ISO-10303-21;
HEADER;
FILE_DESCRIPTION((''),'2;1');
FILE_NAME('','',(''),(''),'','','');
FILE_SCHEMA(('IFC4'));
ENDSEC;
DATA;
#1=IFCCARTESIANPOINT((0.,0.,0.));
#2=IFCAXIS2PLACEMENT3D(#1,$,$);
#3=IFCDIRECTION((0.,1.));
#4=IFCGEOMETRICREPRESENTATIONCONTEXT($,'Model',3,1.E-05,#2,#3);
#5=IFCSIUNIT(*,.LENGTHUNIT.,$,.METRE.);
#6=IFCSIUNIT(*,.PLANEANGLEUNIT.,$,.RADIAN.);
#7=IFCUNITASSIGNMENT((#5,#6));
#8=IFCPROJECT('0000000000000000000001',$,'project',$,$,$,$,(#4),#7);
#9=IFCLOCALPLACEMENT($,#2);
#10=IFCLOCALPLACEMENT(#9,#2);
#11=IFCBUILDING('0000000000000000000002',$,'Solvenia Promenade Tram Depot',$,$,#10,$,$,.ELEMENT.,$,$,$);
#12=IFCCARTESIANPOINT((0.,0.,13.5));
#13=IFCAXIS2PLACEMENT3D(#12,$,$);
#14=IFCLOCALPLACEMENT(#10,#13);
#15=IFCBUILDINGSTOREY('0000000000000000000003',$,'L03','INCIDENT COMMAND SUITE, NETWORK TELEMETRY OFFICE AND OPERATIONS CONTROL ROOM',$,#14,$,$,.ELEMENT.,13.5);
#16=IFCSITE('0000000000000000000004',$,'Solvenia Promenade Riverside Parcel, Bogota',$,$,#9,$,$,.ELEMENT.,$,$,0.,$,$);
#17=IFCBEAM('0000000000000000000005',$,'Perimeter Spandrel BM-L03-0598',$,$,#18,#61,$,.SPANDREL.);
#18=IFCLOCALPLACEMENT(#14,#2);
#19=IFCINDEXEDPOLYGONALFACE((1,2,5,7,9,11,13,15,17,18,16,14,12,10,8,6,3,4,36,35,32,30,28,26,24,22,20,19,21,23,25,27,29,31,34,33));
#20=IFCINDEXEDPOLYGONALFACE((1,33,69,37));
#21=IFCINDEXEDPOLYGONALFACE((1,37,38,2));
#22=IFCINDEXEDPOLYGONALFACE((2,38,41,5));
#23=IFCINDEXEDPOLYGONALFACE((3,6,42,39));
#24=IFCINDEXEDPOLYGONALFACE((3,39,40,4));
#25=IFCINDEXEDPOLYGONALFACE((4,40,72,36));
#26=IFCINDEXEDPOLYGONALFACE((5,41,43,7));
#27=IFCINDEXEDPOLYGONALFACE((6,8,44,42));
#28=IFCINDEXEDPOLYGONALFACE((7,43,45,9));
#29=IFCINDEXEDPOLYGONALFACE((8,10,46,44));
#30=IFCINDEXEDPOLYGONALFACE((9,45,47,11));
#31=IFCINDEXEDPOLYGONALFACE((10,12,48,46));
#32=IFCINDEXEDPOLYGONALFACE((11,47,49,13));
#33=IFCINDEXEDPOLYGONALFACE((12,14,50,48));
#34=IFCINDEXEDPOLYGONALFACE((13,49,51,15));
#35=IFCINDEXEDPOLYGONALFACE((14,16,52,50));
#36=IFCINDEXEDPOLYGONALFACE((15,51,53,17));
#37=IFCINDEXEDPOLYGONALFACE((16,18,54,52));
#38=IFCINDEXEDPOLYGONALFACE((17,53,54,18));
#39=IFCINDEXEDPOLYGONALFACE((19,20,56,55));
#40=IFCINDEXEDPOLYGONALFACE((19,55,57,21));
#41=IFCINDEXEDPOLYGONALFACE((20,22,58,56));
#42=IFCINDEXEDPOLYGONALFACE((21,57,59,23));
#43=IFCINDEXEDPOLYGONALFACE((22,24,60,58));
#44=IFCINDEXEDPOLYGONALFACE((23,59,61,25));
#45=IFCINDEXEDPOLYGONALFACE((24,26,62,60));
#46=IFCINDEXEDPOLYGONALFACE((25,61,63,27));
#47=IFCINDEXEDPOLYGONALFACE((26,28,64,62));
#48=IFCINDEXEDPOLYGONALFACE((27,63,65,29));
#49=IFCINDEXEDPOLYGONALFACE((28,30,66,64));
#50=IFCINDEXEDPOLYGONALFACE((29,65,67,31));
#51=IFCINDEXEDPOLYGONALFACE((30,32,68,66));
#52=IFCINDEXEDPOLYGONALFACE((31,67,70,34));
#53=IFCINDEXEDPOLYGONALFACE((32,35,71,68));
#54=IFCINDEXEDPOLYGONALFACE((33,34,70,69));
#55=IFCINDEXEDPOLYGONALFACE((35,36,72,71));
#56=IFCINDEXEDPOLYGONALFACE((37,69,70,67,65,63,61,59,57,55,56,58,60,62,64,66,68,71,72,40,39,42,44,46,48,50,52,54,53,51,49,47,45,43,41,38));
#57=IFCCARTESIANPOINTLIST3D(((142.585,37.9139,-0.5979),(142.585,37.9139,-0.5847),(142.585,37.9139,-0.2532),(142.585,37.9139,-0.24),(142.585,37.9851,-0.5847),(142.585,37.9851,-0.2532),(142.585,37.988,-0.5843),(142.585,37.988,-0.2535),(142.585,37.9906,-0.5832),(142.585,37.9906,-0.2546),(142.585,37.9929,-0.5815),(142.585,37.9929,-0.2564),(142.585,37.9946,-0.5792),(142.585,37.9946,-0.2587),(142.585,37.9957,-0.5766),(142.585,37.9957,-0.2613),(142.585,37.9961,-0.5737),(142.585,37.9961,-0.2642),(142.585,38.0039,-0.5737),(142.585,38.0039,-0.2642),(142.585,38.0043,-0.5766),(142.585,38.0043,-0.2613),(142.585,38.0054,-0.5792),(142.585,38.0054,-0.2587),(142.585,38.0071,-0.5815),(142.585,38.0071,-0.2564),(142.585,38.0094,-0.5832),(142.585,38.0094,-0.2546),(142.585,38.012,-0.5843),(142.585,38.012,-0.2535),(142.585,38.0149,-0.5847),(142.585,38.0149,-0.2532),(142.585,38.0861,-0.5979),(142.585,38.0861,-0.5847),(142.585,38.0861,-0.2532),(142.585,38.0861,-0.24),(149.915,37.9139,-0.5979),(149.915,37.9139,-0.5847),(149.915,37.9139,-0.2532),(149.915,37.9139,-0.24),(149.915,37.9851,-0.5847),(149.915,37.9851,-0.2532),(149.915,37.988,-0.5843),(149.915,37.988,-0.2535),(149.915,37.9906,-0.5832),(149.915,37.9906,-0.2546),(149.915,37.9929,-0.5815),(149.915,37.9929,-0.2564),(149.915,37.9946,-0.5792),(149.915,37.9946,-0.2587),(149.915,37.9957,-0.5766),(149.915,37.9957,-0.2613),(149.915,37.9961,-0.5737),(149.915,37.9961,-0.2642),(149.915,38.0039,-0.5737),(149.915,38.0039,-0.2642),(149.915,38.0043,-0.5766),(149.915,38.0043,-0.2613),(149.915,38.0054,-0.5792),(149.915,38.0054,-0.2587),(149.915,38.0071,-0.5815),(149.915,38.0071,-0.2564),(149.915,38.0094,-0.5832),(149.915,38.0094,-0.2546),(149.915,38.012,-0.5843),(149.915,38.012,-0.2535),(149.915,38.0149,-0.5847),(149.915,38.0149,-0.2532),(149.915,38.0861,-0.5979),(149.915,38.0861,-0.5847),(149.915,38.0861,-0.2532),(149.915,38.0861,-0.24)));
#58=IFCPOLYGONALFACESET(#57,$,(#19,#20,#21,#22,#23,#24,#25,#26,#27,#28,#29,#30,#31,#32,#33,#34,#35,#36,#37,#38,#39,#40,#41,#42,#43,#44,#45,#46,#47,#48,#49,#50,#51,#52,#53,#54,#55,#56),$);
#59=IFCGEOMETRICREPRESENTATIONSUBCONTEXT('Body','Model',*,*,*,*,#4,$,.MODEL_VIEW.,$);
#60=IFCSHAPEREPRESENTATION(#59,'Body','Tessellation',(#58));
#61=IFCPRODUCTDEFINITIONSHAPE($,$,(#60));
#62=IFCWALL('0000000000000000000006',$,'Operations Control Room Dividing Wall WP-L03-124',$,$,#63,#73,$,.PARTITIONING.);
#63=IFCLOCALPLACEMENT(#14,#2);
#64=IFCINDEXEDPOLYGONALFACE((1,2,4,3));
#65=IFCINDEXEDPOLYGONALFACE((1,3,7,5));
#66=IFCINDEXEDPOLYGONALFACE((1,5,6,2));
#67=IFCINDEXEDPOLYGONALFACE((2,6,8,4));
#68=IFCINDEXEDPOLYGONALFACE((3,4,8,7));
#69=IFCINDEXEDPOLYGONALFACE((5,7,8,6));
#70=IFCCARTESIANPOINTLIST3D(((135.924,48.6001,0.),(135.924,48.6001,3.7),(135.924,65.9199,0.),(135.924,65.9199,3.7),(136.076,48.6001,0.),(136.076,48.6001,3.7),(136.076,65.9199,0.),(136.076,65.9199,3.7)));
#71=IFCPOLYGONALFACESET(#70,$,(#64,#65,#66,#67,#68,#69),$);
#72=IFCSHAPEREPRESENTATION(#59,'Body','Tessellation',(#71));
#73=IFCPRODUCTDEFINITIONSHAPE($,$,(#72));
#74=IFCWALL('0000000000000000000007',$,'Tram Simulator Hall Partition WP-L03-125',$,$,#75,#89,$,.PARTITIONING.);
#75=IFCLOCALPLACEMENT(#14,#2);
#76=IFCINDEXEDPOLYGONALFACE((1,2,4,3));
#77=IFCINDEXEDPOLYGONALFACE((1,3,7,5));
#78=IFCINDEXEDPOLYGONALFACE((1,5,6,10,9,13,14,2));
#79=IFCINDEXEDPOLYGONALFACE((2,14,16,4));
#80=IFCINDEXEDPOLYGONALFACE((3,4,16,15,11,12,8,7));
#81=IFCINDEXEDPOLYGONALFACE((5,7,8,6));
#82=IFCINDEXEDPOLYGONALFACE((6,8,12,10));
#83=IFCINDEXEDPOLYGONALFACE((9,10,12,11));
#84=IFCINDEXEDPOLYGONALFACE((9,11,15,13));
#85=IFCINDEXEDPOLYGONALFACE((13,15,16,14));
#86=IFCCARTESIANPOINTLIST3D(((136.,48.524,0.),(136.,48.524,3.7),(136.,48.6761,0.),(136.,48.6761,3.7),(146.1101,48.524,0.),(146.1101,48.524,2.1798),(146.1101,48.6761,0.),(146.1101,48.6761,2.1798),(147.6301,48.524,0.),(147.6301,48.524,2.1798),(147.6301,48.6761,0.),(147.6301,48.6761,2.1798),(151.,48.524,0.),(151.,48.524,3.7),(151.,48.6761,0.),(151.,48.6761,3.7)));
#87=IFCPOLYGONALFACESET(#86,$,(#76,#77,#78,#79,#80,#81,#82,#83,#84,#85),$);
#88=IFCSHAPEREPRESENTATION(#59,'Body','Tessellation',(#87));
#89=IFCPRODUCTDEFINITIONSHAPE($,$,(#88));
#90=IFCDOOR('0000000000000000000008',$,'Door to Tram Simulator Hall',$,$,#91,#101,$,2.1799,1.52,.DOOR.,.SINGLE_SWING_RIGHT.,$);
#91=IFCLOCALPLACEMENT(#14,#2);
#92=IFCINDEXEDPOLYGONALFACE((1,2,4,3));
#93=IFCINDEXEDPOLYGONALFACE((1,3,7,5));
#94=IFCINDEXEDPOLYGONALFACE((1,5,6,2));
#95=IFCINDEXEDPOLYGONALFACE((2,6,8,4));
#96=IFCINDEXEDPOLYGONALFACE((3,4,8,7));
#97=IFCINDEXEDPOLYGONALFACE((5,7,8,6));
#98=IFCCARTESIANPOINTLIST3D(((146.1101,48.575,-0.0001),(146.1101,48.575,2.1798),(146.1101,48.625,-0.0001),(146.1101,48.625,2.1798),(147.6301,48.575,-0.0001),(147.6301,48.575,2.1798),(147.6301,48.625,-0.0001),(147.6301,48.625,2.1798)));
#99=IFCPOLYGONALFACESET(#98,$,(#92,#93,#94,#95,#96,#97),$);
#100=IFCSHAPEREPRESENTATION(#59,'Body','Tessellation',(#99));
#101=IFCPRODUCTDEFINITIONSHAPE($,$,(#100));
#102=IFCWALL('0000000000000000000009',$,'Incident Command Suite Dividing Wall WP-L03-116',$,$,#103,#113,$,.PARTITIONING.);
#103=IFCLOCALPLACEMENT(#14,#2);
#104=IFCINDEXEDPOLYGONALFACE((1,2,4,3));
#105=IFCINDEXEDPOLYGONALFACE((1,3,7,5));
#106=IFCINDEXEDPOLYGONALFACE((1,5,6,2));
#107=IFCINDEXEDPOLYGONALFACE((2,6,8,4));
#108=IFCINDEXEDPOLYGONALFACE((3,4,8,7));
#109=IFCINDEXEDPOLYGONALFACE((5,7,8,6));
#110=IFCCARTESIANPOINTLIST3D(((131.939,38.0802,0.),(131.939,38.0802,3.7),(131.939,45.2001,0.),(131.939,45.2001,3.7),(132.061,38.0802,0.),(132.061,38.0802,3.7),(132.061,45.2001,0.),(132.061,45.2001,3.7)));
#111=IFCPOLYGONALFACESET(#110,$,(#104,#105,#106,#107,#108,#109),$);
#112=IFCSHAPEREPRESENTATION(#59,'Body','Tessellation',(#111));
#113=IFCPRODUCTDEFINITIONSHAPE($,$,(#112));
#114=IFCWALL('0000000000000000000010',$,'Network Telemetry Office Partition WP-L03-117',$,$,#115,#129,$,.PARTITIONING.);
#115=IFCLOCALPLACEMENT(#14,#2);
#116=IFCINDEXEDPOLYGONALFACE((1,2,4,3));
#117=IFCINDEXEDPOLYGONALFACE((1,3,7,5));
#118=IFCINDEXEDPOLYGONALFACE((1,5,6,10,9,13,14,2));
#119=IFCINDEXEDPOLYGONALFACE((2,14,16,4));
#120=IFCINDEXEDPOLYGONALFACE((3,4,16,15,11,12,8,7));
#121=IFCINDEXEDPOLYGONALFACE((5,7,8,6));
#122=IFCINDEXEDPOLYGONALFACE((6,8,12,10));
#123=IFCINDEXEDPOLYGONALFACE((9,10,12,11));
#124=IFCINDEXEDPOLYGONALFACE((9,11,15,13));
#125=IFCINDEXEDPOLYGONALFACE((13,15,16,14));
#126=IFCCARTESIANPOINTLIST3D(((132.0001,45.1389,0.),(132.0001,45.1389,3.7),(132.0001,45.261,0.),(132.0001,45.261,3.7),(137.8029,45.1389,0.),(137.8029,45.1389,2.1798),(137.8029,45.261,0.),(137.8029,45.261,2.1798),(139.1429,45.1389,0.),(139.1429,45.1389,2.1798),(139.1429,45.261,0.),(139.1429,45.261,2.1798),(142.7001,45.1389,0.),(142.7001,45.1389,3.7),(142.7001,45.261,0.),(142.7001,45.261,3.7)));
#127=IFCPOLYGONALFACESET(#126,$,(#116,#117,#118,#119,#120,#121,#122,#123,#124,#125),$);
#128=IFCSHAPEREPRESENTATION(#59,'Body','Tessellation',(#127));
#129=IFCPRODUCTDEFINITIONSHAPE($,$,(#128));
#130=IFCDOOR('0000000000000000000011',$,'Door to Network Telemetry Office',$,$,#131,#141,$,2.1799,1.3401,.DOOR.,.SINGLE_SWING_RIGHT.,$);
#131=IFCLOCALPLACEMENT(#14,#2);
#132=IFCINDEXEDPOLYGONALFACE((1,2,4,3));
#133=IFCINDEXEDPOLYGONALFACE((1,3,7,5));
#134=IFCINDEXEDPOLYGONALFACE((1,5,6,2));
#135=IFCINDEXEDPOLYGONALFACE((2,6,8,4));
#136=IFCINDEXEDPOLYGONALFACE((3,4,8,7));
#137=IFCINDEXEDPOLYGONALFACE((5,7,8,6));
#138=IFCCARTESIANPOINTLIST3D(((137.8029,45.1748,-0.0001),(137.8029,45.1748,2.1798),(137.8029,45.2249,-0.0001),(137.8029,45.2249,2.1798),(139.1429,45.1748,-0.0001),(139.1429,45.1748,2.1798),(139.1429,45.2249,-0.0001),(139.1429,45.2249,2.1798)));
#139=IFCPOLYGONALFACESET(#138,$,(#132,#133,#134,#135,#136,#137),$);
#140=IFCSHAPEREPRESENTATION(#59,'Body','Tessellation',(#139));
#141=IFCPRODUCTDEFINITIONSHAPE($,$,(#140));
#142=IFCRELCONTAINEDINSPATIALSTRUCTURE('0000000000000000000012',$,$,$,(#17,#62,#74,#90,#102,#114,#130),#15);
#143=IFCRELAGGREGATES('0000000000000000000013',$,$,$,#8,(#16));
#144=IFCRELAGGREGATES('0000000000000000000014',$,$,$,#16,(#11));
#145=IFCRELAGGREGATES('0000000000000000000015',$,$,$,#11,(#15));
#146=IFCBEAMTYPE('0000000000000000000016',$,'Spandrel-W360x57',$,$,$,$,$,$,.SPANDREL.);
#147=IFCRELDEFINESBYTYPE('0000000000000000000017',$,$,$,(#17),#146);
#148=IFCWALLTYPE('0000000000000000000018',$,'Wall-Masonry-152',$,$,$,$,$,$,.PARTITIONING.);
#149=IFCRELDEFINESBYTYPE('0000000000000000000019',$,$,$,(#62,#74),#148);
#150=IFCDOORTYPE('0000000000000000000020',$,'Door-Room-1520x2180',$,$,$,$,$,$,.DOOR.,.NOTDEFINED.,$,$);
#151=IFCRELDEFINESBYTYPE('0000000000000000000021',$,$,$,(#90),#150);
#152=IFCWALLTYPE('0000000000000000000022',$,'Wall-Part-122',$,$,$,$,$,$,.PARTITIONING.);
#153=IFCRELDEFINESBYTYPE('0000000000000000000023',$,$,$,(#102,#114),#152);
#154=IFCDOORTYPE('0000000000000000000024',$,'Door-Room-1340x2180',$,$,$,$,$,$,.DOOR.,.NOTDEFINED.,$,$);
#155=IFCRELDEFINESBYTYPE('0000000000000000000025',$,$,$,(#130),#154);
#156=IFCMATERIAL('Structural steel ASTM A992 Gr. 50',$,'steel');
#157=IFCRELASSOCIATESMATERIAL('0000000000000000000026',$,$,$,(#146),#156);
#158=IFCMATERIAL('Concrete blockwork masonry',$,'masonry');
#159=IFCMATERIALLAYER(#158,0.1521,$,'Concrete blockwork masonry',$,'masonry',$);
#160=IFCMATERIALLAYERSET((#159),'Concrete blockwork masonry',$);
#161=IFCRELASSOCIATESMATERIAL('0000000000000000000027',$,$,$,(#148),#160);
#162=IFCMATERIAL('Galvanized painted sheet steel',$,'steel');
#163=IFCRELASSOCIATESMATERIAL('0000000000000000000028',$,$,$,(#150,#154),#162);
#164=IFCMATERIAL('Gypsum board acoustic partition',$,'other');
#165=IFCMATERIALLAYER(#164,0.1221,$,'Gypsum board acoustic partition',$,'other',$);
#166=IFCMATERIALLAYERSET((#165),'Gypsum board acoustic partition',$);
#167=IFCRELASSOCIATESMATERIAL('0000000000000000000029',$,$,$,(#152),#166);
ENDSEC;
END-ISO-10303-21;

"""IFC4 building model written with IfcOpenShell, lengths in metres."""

from ifc_helpers import new_model, si_unit, direction, frame, frame_2d, origin, origin_2d, place, context, subcontext, project, spatial, rectangle, i_section, extrude, material, layer, layer_set, material_profile, profile_set, type_object, element, fill, save


model = new_model("IFC4")

# Units and contexts
model_context = context("Model", 3, precision=1e-05, world=origin(), true_north=direction((0.0, 1.0)))
body_context = subcontext(model_context, "Body", "Model", "MODEL_VIEW")
ifc_project = project(units=[si_unit("LENGTHUNIT", "METRE"), si_unit("PLANEANGLEUNIT", "RADIAN")], contexts=[model_context])

# Site, building, storey
site_placement = place(None, origin())
site = spatial("IfcSite", under=ifc_project, at=site_placement, Name="Solvenia Promenade Riverside Parcel, Bogota", CompositionType="ELEMENT", RefElevation=0.0)
building_placement = place(site_placement, origin())
building = spatial("IfcBuilding", under=site, at=building_placement, Name="Solvenia Promenade Tram Depot", CompositionType="ELEMENT")
storey_placement = place(building_placement, frame((0.0, 0.0, 13.5)))
storey = spatial("IfcBuildingStorey", under=building, at=storey_placement, Name="L03", Description="INCIDENT COMMAND SUITE, NETWORK TELEMETRY OFFICE AND OPERATIONS CONTROL ROOM", CompositionType="ELEMENT", Elevation=13.5)

# Shared definitions
ifc_material_1 = material(Name="Structural steel ASTM A992 Gr. 50", Category="steel")

# Beam
ifc_material_profile_1 = material_profile(ifc_material_1, i_section(OverallWidth=0.1721, OverallDepth=0.3579, WebThickness=0.0078, FlangeThickness=0.0132, FilletRadius=0.011, at=origin_2d()), Name="W360x57", Category="steel")
ifc_profile_set_1 = profile_set([ifc_material_profile_1], Name="Structural steel ASTM A992 Gr. 50")
beam_type_1 = type_object("IfcBeamType", Name="Spandrel-W360x57", PredefinedType="SPANDREL", material=ifc_profile_set_1)
beam_placement = place(storey_placement, frame((142.585, 38.0, -0.4189), z_axis=(1.0, 0.0, 0.0), x_axis=(0.0, 1.0, 0.0)))
element("IfcBeam", 1, at=beam_placement, inside=storey, type_object=beam_type_1, Name="Perimeter Spandrel BM-L03-0598", PredefinedType="SPANDREL", context=body_context, shape_type="SweptSolid", body=[
    extrude(i_section(OverallWidth=0.1721, OverallDepth=0.3579, WebThickness=0.0078, FlangeThickness=0.0132, FilletRadius=0.011, at=origin_2d()), origin(), (0.0, 0.0, 1.0), 7.3301),
])

# Wall
ifc_material_2 = material(Name="Concrete blockwork masonry", Category="masonry")
ifc_layer_1 = layer(ifc_material_2, 0.1521, Name="Concrete blockwork masonry", Category="masonry")
ifc_layer_set_1 = layer_set([ifc_layer_1], Name="Concrete blockwork masonry")
wall_type_1 = type_object("IfcWallType", Name="Wall-Masonry-152", PredefinedType="PARTITIONING", material=ifc_layer_set_1)
wall_1_placement = place(storey_placement, frame((136.0, 48.6001, 0.0), z_axis=(0.0, 0.0, 1.0), x_axis=(0.0, 1.0, 0.0)))
element("IfcWall", 2, at=wall_1_placement, inside=storey, type_object=wall_type_1, Name="Operations Control Room Dividing Wall WP-L03-124", PredefinedType="PARTITIONING", context=body_context, shape_type="SweptSolid", body=[
    extrude(rectangle(XDim=17.3198, YDim=0.1521, at=frame_2d((8.6599, 0.0))), origin(), (0.0, 0.0, 1.0), 3.7),
])

# Wall, opening, door
wall_2_placement = place(storey_placement, frame((136.0, 48.6001, 0.0), z_axis=(0.0, 0.0, 1.0), x_axis=(1.0, 0.0, 0.0)))
wall_2 = element("IfcWall", 3, at=wall_2_placement, inside=storey, type_object=wall_type_1, Name="Tram Simulator Hall Partition WP-L03-125", PredefinedType="PARTITIONING", context=body_context, shape_type="SweptSolid", body=[
    extrude(rectangle(XDim=15.0, YDim=0.1521, at=frame_2d((7.5, 0.0))), origin(), (0.0, 0.0, 1.0), 3.7),
])
opening_1_placement = place(wall_2_placement, frame((10.1101, 0.0, 0.0)))
opening_1 = element("IfcOpeningElement", 4, at=opening_1_placement, cuts=wall_2, PredefinedType="OPENING", context=body_context, shape_type="SweptSolid", body=[
    extrude(rectangle(XDim=1.52, YDim=2.1799, at=frame_2d((0.76, 1.0898))), frame((0.0, 0.0859, 0.0), z_axis=(0.0, -1.0, 0.0), x_axis=(1.0, 0.0, 0.0)), (0.0, 0.0, 1.0), 0.1721),
])
ifc_material_3 = material(Name="Galvanized painted sheet steel", Category="steel")
door_type_1 = type_object("IfcDoorType", Name="Door-Room-1520x2180", OperationType="NOTDEFINED", PredefinedType="DOOR", material=ifc_material_3)
door_1_placement = place(opening_1_placement, origin())
door_1 = element("IfcDoor", 5, at=door_1_placement, inside=storey, type_object=door_type_1, Name="Door to Tram Simulator Hall", OperationType="SINGLE_SWING_RIGHT", OverallHeight=2.1799, OverallWidth=1.52, PredefinedType="DOOR", context=body_context, shape_type="SweptSolid", body=[
    extrude(rectangle(XDim=1.52, YDim=2.1799, at=frame_2d((0.76, 1.0898))), frame((0.0, 0.0249, 0.0), z_axis=(0.0, -1.0, 0.0), x_axis=(1.0, 0.0, 0.0)), (0.0, 0.0, 1.0), 0.05),
])
fill(opening_1, door_1)

# Wall
ifc_material_4 = material(Name="Gypsum board acoustic partition", Category="other")
ifc_layer_2 = layer(ifc_material_4, 0.1221, Name="Gypsum board acoustic partition", Category="other")
ifc_layer_set_2 = layer_set([ifc_layer_2], Name="Gypsum board acoustic partition")
wall_type_2 = type_object("IfcWallType", Name="Wall-Part-122", PredefinedType="PARTITIONING", material=ifc_layer_set_2)
wall_3_placement = place(storey_placement, frame((132.0, 38.0801, 0.0), z_axis=(0.0, 0.0, 1.0), x_axis=(0.0, 1.0, 0.0)))
element("IfcWall", 6, at=wall_3_placement, inside=storey, type_object=wall_type_2, Name="Incident Command Suite Dividing Wall WP-L03-116", PredefinedType="PARTITIONING", context=body_context, shape_type="SweptSolid", body=[
    extrude(rectangle(XDim=7.1199, YDim=0.1221, at=frame_2d((3.5601, 0.0))), origin(), (0.0, 0.0, 1.0), 3.7),
])

# Wall, opening, door
wall_4_placement = place(storey_placement, frame((132.0, 45.2, 0.0), z_axis=(0.0, 0.0, 1.0), x_axis=(1.0, 0.0, 0.0)))
wall_4 = element("IfcWall", 7, at=wall_4_placement, inside=storey, type_object=wall_type_2, Name="Network Telemetry Office Partition WP-L03-117", PredefinedType="PARTITIONING", context=body_context, shape_type="SweptSolid", body=[
    extrude(rectangle(XDim=10.7, YDim=0.1221, at=frame_2d((5.3501, 0.0))), origin(), (0.0, 0.0, 1.0), 3.7),
])
opening_2_placement = place(wall_4_placement, frame((5.803, 0.0, 0.0)))
opening_2 = element("IfcOpeningElement", 8, at=opening_2_placement, cuts=wall_4, PredefinedType="OPENING", context=body_context, shape_type="SweptSolid", body=[
    extrude(rectangle(XDim=1.3401, YDim=2.1799, at=frame_2d((0.6699, 1.0898))), frame((0.0, 0.071, 0.0), z_axis=(0.0, -1.0, 0.0), x_axis=(1.0, 0.0, 0.0)), (0.0, 0.0, 1.0), 0.1421),
])
door_type_2 = type_object("IfcDoorType", Name="Door-Room-1340x2180", OperationType="NOTDEFINED", PredefinedType="DOOR", material=ifc_material_3)
door_2_placement = place(opening_2_placement, origin())
door_2 = element("IfcDoor", 9, at=door_2_placement, inside=storey, type_object=door_type_2, Name="Door to Network Telemetry Office", OperationType="SINGLE_SWING_RIGHT", OverallHeight=2.1799, OverallWidth=1.3401, PredefinedType="DOOR", context=body_context, shape_type="SweptSolid", body=[
    extrude(rectangle(XDim=1.3401, YDim=2.1799, at=frame_2d((0.6699, 1.0898))), frame((0.0, 0.0249, 0.0), z_axis=(0.0, -1.0, 0.0), x_axis=(1.0, 0.0, 0.0)), (0.0, 0.0, 1.0), 0.05),
])
fill(opening_2, door_2)

save(model, "model.ifc")
